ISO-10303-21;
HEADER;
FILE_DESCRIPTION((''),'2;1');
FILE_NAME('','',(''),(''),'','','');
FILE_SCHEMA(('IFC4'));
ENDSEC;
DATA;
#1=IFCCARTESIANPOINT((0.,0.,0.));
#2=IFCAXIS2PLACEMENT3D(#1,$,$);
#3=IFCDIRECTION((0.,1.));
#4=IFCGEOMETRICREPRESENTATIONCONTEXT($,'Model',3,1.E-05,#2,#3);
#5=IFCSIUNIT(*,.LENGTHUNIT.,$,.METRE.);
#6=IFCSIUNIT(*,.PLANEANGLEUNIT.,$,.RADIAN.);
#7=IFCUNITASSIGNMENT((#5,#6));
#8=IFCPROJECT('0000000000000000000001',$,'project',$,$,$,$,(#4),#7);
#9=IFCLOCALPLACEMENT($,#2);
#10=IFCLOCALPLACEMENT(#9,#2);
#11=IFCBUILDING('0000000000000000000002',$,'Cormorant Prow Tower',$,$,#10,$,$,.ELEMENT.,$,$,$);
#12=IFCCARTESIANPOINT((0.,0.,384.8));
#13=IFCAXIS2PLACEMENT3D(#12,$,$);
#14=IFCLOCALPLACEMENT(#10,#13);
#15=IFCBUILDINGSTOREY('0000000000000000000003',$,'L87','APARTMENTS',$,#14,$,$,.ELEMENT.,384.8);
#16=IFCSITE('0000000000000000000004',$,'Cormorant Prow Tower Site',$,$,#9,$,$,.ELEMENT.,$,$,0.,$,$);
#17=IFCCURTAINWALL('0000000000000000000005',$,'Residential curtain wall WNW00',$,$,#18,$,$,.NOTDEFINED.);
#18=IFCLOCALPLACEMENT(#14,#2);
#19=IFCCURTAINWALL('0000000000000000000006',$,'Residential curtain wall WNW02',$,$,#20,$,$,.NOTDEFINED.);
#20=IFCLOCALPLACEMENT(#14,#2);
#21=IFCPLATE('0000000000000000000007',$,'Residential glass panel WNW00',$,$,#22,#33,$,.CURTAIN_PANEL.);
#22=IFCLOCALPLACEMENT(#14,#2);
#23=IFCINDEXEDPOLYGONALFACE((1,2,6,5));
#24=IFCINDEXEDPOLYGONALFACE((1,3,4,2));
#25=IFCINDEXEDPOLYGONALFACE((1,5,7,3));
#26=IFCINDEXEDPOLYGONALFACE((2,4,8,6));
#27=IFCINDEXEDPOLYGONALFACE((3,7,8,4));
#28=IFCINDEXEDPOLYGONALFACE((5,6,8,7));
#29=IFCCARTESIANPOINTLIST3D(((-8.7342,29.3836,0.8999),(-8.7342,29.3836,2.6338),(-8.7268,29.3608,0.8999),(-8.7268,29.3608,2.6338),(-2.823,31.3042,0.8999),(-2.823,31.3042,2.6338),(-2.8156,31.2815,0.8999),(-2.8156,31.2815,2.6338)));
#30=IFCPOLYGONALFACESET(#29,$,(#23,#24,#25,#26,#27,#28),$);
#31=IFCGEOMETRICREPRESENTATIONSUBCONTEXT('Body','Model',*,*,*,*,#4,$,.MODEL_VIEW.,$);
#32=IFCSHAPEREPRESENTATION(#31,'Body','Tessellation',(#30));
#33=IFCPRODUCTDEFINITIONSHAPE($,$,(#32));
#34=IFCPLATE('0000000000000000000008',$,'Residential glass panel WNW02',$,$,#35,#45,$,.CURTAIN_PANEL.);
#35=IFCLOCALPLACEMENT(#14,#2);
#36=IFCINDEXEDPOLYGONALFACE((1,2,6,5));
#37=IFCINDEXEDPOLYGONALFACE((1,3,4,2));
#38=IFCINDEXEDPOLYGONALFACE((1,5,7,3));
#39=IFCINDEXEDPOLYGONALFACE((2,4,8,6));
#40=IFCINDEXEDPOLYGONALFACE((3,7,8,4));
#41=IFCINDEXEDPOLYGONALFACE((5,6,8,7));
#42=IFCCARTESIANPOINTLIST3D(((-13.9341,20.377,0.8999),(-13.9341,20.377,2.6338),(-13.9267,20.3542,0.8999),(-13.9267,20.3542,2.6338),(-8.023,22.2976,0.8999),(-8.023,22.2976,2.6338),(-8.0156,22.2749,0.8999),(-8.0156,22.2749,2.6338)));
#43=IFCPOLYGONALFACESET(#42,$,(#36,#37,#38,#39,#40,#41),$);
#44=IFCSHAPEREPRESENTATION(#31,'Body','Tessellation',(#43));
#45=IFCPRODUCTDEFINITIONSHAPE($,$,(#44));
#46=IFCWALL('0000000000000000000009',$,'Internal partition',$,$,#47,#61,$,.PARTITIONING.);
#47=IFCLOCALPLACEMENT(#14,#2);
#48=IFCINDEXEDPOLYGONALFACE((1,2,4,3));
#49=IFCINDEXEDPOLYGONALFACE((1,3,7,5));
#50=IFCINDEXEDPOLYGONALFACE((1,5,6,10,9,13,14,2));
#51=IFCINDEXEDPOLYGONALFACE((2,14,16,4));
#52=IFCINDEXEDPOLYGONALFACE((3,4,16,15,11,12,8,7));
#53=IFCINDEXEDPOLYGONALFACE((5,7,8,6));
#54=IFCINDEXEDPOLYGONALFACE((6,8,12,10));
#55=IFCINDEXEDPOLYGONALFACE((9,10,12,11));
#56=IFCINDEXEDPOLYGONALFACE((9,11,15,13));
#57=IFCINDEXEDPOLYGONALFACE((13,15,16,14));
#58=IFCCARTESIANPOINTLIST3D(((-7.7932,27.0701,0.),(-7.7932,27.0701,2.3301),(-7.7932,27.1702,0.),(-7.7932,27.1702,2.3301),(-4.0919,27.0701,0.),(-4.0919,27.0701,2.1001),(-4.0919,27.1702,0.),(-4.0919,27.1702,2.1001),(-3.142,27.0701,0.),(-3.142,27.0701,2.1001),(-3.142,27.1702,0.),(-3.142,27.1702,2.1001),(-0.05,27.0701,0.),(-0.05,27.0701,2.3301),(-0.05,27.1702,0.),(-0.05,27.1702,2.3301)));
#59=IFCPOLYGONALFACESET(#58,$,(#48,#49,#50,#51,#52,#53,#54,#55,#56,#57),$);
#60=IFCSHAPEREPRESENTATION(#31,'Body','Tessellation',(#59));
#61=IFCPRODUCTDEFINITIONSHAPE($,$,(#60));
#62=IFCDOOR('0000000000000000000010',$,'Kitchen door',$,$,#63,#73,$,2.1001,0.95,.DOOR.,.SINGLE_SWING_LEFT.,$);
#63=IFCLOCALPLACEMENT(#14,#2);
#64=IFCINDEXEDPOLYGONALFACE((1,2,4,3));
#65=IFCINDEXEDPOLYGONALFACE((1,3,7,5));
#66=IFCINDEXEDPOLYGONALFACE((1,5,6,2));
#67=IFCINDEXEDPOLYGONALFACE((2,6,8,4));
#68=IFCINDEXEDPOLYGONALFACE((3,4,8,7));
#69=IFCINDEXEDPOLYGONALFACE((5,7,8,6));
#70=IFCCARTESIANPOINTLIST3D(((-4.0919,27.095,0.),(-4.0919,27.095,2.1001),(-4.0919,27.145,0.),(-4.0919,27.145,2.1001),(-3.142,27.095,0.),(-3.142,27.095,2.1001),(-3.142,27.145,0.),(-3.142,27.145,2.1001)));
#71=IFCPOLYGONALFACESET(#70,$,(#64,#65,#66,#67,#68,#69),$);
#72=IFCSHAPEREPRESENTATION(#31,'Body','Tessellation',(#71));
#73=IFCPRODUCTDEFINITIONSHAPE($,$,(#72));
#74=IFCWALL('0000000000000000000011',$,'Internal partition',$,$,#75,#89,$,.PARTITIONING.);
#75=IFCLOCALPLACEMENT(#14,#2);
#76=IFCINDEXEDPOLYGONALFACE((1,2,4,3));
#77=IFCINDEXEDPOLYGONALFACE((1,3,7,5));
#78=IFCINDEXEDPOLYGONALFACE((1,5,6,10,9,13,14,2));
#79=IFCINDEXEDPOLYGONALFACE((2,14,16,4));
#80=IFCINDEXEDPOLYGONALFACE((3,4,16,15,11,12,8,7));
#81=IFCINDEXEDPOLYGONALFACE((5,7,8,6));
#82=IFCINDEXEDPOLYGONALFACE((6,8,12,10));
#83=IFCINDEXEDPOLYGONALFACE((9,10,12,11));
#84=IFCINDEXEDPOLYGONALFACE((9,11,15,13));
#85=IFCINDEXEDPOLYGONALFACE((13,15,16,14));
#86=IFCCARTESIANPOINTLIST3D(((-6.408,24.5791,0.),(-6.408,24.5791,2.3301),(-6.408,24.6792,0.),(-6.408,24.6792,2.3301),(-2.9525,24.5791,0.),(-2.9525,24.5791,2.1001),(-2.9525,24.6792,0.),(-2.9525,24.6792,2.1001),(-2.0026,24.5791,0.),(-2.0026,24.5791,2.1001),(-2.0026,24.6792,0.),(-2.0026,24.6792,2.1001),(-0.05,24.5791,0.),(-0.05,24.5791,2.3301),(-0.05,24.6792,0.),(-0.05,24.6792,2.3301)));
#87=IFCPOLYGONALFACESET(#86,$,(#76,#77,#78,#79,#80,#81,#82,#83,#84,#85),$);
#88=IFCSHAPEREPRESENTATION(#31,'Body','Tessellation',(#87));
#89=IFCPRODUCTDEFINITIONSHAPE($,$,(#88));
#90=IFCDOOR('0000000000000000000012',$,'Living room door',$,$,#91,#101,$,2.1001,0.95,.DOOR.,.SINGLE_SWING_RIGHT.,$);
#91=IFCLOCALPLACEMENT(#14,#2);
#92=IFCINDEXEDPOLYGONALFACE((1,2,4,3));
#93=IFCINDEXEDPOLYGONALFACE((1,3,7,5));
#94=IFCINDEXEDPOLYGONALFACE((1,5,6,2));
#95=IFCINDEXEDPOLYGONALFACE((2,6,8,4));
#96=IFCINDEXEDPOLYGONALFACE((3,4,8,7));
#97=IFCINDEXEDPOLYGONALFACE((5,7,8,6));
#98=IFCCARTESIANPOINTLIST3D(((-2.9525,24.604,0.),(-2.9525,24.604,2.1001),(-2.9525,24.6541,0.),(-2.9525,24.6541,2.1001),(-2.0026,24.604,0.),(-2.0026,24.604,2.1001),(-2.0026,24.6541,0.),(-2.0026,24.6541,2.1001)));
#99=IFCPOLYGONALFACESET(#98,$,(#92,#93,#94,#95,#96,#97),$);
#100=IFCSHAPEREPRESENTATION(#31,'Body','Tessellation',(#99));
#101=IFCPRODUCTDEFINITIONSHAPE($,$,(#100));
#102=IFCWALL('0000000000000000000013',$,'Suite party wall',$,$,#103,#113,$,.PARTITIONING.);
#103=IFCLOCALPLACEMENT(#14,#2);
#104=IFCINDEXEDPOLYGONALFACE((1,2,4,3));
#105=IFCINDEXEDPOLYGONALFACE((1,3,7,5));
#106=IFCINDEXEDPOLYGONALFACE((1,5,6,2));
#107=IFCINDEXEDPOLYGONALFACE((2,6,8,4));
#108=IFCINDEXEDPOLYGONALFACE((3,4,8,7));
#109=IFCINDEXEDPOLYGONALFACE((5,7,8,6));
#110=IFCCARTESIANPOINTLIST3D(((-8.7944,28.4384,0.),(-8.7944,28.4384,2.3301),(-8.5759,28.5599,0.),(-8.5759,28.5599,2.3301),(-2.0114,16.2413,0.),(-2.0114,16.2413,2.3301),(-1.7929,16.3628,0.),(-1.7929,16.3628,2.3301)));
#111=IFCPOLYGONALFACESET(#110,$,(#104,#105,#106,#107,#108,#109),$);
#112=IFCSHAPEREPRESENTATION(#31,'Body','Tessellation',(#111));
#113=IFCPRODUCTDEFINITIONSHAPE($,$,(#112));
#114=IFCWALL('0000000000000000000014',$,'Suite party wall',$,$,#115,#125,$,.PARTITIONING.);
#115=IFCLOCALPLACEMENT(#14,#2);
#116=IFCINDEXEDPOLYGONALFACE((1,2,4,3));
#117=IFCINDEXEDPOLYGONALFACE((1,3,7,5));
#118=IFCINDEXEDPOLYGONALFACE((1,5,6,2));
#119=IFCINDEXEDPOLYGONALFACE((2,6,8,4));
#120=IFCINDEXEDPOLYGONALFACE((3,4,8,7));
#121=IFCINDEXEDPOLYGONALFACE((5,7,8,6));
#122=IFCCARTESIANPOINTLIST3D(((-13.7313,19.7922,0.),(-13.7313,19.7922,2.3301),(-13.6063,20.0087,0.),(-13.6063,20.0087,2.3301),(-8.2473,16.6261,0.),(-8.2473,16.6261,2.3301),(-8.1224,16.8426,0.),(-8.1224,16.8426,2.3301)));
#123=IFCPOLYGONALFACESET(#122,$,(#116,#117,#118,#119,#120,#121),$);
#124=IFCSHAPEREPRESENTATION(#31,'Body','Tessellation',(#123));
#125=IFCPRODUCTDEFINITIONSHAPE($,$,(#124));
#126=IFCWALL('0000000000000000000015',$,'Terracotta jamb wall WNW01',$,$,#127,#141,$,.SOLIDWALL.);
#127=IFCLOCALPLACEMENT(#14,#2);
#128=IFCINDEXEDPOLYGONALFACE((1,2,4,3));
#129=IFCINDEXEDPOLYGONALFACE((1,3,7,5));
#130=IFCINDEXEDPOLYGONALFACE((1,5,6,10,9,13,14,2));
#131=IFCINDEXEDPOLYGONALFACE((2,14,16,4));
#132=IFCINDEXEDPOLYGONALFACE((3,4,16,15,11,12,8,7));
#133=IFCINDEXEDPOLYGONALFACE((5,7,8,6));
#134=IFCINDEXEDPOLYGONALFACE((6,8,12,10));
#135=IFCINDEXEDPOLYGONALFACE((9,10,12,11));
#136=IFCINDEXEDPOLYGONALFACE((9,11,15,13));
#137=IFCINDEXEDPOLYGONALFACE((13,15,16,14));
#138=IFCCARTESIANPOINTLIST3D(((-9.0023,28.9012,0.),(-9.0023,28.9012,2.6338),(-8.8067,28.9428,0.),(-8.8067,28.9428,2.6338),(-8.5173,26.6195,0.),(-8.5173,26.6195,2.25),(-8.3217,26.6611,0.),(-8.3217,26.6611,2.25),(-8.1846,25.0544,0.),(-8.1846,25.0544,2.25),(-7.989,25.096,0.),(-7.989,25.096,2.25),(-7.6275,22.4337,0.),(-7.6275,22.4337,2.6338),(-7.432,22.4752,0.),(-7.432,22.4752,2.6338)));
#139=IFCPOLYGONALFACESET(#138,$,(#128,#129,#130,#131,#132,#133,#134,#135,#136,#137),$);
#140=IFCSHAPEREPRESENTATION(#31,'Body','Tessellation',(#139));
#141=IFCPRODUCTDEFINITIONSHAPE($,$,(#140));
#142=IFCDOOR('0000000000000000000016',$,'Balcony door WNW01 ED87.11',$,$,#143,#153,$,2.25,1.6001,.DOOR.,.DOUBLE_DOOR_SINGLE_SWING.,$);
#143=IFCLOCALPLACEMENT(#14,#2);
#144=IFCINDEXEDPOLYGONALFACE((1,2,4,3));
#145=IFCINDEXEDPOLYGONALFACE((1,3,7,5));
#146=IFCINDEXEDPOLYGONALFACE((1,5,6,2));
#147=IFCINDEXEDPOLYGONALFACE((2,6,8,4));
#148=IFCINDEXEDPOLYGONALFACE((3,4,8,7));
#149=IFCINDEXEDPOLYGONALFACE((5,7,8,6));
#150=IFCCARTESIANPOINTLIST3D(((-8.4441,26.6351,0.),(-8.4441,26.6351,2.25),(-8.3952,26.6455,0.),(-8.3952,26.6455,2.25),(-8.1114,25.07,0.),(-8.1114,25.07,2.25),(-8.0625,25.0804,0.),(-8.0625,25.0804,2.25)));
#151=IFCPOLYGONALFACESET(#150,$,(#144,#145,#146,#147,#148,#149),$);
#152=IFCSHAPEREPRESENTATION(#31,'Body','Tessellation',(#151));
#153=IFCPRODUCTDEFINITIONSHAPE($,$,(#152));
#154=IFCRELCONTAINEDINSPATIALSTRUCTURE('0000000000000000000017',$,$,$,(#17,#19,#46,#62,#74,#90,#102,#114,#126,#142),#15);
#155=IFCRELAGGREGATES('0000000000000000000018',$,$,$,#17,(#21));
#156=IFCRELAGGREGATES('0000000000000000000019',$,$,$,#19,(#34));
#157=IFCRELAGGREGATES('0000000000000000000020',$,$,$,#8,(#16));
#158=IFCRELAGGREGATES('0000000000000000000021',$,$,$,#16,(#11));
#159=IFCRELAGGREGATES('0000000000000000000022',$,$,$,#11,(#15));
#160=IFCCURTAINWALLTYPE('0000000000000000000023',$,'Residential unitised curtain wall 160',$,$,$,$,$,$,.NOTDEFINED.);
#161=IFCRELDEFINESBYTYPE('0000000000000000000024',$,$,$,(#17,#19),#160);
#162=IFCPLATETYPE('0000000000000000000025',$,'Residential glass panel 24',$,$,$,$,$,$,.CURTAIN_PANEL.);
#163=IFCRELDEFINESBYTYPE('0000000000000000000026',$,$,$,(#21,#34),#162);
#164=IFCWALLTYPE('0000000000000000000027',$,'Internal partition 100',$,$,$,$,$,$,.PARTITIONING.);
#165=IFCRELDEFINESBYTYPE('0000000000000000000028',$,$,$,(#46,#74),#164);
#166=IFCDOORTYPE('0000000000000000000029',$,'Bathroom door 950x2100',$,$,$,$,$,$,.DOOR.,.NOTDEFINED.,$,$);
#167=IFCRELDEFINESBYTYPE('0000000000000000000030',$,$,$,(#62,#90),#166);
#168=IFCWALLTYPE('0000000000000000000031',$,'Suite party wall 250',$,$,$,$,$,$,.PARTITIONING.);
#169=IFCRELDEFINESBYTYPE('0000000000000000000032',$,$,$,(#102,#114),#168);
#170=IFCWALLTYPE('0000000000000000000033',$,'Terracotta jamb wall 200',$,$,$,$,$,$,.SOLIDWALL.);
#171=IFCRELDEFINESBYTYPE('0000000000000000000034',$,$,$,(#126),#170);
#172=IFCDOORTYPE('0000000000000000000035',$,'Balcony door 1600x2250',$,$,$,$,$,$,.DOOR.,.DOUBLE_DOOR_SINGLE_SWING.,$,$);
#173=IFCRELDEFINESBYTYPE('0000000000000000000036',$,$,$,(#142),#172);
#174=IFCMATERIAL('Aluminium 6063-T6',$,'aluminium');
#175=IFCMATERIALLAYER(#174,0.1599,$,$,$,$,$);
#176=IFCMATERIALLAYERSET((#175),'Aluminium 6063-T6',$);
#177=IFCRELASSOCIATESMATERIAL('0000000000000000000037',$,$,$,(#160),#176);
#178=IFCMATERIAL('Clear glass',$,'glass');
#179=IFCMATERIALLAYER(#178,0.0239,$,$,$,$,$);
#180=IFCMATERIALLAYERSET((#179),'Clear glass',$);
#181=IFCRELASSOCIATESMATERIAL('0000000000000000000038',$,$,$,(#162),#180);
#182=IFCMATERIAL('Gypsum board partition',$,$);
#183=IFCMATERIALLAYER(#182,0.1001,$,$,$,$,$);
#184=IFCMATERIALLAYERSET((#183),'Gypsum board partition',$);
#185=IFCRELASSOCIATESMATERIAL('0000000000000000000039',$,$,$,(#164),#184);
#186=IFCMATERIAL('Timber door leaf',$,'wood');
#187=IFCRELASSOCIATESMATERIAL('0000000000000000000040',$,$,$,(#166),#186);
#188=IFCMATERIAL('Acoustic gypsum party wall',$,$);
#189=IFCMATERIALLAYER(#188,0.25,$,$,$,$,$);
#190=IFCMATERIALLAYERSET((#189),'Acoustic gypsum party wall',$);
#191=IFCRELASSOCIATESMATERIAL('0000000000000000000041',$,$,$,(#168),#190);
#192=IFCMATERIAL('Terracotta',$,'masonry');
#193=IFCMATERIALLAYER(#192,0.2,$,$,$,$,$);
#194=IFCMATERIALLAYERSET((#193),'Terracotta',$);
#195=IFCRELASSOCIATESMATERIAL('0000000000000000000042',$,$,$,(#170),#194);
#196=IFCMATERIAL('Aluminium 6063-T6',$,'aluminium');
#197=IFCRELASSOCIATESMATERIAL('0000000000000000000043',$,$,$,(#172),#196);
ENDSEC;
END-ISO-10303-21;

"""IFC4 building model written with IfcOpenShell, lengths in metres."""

from ifc_helpers import new_model, si_unit, direction, frame, frame_2d, origin, origin_2d, place, context, subcontext, project, spatial, rectangle, extrude, material, layer, layer_set, type_object, element, fill, aggregate, save


model = new_model("IFC4")

# Units and contexts
model_context = context("Model", 3, precision=1e-05, world=origin(), true_north=direction((0.0, 1.0)))
body_context = subcontext(model_context, "Body", "Model", "MODEL_VIEW")
ifc_project = project(units=[si_unit("LENGTHUNIT", "METRE"), si_unit("PLANEANGLEUNIT", "RADIAN")], contexts=[model_context])

# Site, building, storey
site_placement = place(None, origin())
site = spatial("IfcSite", under=ifc_project, at=site_placement, Name="Cormorant Prow Tower Site", CompositionType="ELEMENT", RefElevation=0.0)
building_placement = place(site_placement, origin())
building = spatial("IfcBuilding", under=site, at=building_placement, Name="Cormorant Prow Tower", CompositionType="ELEMENT")
storey_placement = place(building_placement, frame((0.0, 0.0, 384.8)))
storey = spatial("IfcBuildingStorey", under=building, at=storey_placement, Name="L87", Description="APARTMENTS", CompositionType="ELEMENT", Elevation=384.8)

# Curtain walls
ifc_material_1 = material(Name="Aluminium 6063-T6", Category="aluminium")
ifc_layer_1 = layer(ifc_material_1, 0.1599)
ifc_layer_set_1 = layer_set([ifc_layer_1], Name="Aluminium 6063-T6")
curtain_wall_type = type_object("IfcCurtainWallType", Name="Residential unitised curtain wall 160", PredefinedType="NOTDEFINED", material=ifc_layer_set_1)
curtain_wall_1_placement = place(storey_placement, origin())
curtain_wall_1 = element("IfcCurtainWall", 1, at=curtain_wall_1_placement, inside=storey, type_object=curtain_wall_type, Name="Residential curtain wall WNW00", PredefinedType="NOTDEFINED")
curtain_wall_2_placement = place(storey_placement, origin())
curtain_wall_2 = element("IfcCurtainWall", 2, at=curtain_wall_2_placement, inside=storey, type_object=curtain_wall_type, Name="Residential curtain wall WNW02", PredefinedType="NOTDEFINED")

# Plates
ifc_material_2 = material(Name="Clear glass", Category="glass")
ifc_layer_2 = layer(ifc_material_2, 0.0239)
ifc_layer_set_2 = layer_set([ifc_layer_2], Name="Clear glass")
plate_type = type_object("IfcPlateType", Name="Residential glass panel 24", PredefinedType="CURTAIN_PANEL", material=ifc_layer_set_2)
plate_1_placement = place(storey_placement, frame((-5.7749, 30.3325, 0.8999), z_axis=(0.0, 0.0, 1.0), x_axis=(-0.951057, -0.309017, 0.0)))
plate_1 = element("IfcPlate", 3, at=plate_1_placement, type_object=plate_type, Name="Residential glass panel WNW00", PredefinedType="CURTAIN_PANEL", context=body_context, shape_type="SweptSolid", body=[
    extrude(rectangle(XDim=6.2153, YDim=0.0239, at=origin_2d()), origin(), (0.0, 0.0, 1.0), 1.7339),
])
aggregate(curtain_wall_1, [plate_1])
plate_2_placement = place(storey_placement, frame((-10.9749, 21.3259, 0.8999), z_axis=(0.0, 0.0, 1.0), x_axis=(-0.951057, -0.309017, 0.0)))
plate_2 = element("IfcPlate", 4, at=plate_2_placement, type_object=plate_type, Name="Residential glass panel WNW02", PredefinedType="CURTAIN_PANEL", context=body_context, shape_type="SweptSolid", body=[
    extrude(rectangle(XDim=6.2153, YDim=0.0239, at=origin_2d()), origin(), (0.0, 0.0, 1.0), 1.7339),
])
aggregate(curtain_wall_2, [plate_2])

# Walls, openings, doors
ifc_material_3 = material(Name="Gypsum board partition")
ifc_layer_3 = layer(ifc_material_3, 0.1001)
ifc_layer_set_3 = layer_set([ifc_layer_3], Name="Gypsum board partition")
wall_type_1 = type_object("IfcWallType", Name="Internal partition 100", PredefinedType="PARTITIONING", material=ifc_layer_set_3)
wall_1_placement = place(storey_placement, frame((-7.7932, 27.1201, 0.0), z_axis=(0.0, 0.0, 1.0), x_axis=(1.0, 0.0, 0.0)))
wall_1 = element("IfcWall", 5, at=wall_1_placement, inside=storey, type_object=wall_type_1, Name="Internal partition", PredefinedType="PARTITIONING", context=body_context, shape_type="SweptSolid", body=[
    extrude(rectangle(XDim=7.7432, YDim=0.1001, at=frame_2d((3.8716, 0.0))), origin(), (0.0, 0.0, 1.0), 2.3301),
])
opening_1_placement = place(wall_1_placement, frame((3.7012, 0.0, 0.0)))
opening_1 = element("IfcOpeningElement", 6, at=opening_1_placement, cuts=wall_1, PredefinedType="OPENING", context=body_context, shape_type="SweptSolid", body=[
    extrude(rectangle(XDim=0.95, YDim=2.1001, at=frame_2d((0.4751, 1.05))), frame((0.0, 0.0601, 0.0), z_axis=(0.0, -1.0, 0.0), x_axis=(1.0, 0.0, 0.0)), (0.0, 0.0, 1.0), 0.1201),
])
ifc_material_4 = material(Name="Timber door leaf", Category="wood")
door_type_1 = type_object("IfcDoorType", Name="Bathroom door 950x2100", OperationType="NOTDEFINED", PredefinedType="DOOR", material=ifc_material_4)
door_1_placement = place(opening_1_placement, origin())
door_1 = element("IfcDoor", 7, at=door_1_placement, inside=storey, type_object=door_type_1, Name="Kitchen door", OperationType="SINGLE_SWING_LEFT", OverallHeight=2.1001, OverallWidth=0.95, PredefinedType="DOOR", context=body_context, shape_type="SweptSolid", body=[
    extrude(rectangle(XDim=0.95, YDim=2.1001, at=frame_2d((0.4751, 1.05))), frame((0.0, 0.0249, 0.0), z_axis=(0.0, -1.0, 0.0), x_axis=(1.0, 0.0, 0.0)), (0.0, 0.0, 1.0), 0.05),
])
fill(opening_1, door_1)
wall_2_placement = place(storey_placement, frame((-6.408, 24.6292, 0.0), z_axis=(0.0, 0.0, 1.0), x_axis=(1.0, 0.0, 0.0)))
wall_2 = element("IfcWall", 8, at=wall_2_placement, inside=storey, type_object=wall_type_1, Name="Internal partition", PredefinedType="PARTITIONING", context=body_context, shape_type="SweptSolid", body=[
    extrude(rectangle(XDim=6.3579, YDim=0.1001, at=frame_2d((3.179, 0.0))), origin(), (0.0, 0.0, 1.0), 2.3301),
])
opening_2_placement = place(wall_2_placement, frame((3.4553, 0.0, 0.0)))
opening_2 = element("IfcOpeningElement", 9, at=opening_2_placement, cuts=wall_2, PredefinedType="OPENING", context=body_context, shape_type="SweptSolid", body=[
    extrude(rectangle(XDim=0.95, YDim=2.1001, at=frame_2d((0.4751, 1.05))), frame((0.0, 0.0601, 0.0), z_axis=(0.0, -1.0, 0.0), x_axis=(1.0, 0.0, 0.0)), (0.0, 0.0, 1.0), 0.1201),
])
door_2_placement = place(opening_2_placement, origin())
door_2 = element("IfcDoor", 10, at=door_2_placement, inside=storey, type_object=door_type_1, Name="Living room door", OperationType="SINGLE_SWING_RIGHT", OverallHeight=2.1001, OverallWidth=0.95, PredefinedType="DOOR", context=body_context, shape_type="SweptSolid", body=[
    extrude(rectangle(XDim=0.95, YDim=2.1001, at=frame_2d((0.4751, 1.05))), frame((0.0, 0.0249, 0.0), z_axis=(0.0, -1.0, 0.0), x_axis=(1.0, 0.0, 0.0)), (0.0, 0.0, 1.0), 0.05),
])
fill(opening_2, door_2)

# Walls
ifc_material_5 = material(Name="Acoustic gypsum party wall")
ifc_layer_4 = layer(ifc_material_5, 0.25)
ifc_layer_set_4 = layer_set([ifc_layer_4], Name="Acoustic gypsum party wall")
wall_type_2 = type_object("IfcWallType", Name="Suite party wall 250", PredefinedType="PARTITIONING", material=ifc_layer_set_4)
wall_3_placement = place(storey_placement, frame((-8.6851, 28.499, 0.0), z_axis=(0.0, 0.0, 1.0), x_axis=(0.486017, -0.873949, 0.0)))
element("IfcWall", 11, at=wall_3_placement, inside=storey, type_object=wall_type_2, Name="Suite party wall", PredefinedType="PARTITIONING", context=body_context, shape_type="SweptSolid", body=[
    extrude(rectangle(XDim=13.9563, YDim=0.25, at=frame_2d((6.978, 0.0))), origin(), (0.0, 0.0, 1.0), 2.3301),
])
wall_4_placement = place(storey_placement, frame((-13.6687, 19.9004, 0.0), z_axis=(0.0, 0.0, 1.0), x_axis=(0.866033, -0.499987, 0.0)))
element("IfcWall", 12, at=wall_4_placement, inside=storey, type_object=wall_type_2, Name="Suite party wall", PredefinedType="PARTITIONING", context=body_context, shape_type="SweptSolid", body=[
    extrude(rectangle(XDim=6.3323, YDim=0.25, at=frame_2d((3.166, 0.0))), origin(), (0.0, 0.0, 1.0), 2.3301),
])

# Wall, opening, door
ifc_material_6 = material(Name="Terracotta", Category="masonry")
ifc_layer_5 = layer(ifc_material_6, 0.2)
ifc_layer_set_5 = layer_set([ifc_layer_5], Name="Terracotta")
wall_type_3 = type_object("IfcWallType", Name="Terracotta jamb wall 200", PredefinedType="SOLIDWALL", material=ifc_layer_set_5)
wall_5_placement = place(storey_placement, frame((-8.9045, 28.9221, 0.0), z_axis=(0.0, 0.0, 1.0), x_axis=(0.207917, -0.978146, 0.0)))
wall_5 = element("IfcWall", 13, at=wall_5_placement, inside=storey, type_object=wall_type_3, Name="Terracotta jamb wall WNW01", PredefinedType="SOLIDWALL", context=body_context, shape_type="SweptSolid", body=[
    extrude(rectangle(XDim=6.6121, YDim=0.2, at=frame_2d((3.3062, 0.0))), origin(), (0.0, 0.0, 1.0), 2.6338),
])
opening_3_placement = place(wall_5_placement, frame((2.3328, 0.0, 0.0)))
opening_3 = element("IfcOpeningElement", 14, at=opening_3_placement, cuts=wall_5, PredefinedType="OPENING", context=body_context, shape_type="SweptSolid", body=[
    extrude(rectangle(XDim=1.6001, YDim=2.25, at=frame_2d((0.8, 1.125))), frame((0.0, 0.1099, 0.0), z_axis=(0.0, -1.0, 0.0), x_axis=(1.0, 0.0, 0.0)), (0.0, 0.0, 1.0), 0.22),
])
ifc_material_7 = material(Name="Aluminium 6063-T6", Category="aluminium")
door_type_2 = type_object("IfcDoorType", Name="Balcony door 1600x2250", OperationType="DOUBLE_DOOR_SINGLE_SWING", PredefinedType="DOOR", material=ifc_material_7)
door_3_placement = place(opening_3_placement, origin())
door_3 = element("IfcDoor", 15, at=door_3_placement, inside=storey, type_object=door_type_2, Name="Balcony door WNW01 ED87.11", OperationType="DOUBLE_DOOR_SINGLE_SWING", OverallHeight=2.25, OverallWidth=1.6001, PredefinedType="DOOR", context=body_context, shape_type="SweptSolid", body=[
    extrude(rectangle(XDim=1.6001, YDim=2.25, at=frame_2d((0.8, 1.125))), frame((0.0, 0.0249, 0.0), z_axis=(0.0, -1.0, 0.0), x_axis=(1.0, 0.0, 0.0)), (0.0, 0.0, 1.0), 0.05),
])
fill(opening_3, door_3)

save(model, "model.ifc")
